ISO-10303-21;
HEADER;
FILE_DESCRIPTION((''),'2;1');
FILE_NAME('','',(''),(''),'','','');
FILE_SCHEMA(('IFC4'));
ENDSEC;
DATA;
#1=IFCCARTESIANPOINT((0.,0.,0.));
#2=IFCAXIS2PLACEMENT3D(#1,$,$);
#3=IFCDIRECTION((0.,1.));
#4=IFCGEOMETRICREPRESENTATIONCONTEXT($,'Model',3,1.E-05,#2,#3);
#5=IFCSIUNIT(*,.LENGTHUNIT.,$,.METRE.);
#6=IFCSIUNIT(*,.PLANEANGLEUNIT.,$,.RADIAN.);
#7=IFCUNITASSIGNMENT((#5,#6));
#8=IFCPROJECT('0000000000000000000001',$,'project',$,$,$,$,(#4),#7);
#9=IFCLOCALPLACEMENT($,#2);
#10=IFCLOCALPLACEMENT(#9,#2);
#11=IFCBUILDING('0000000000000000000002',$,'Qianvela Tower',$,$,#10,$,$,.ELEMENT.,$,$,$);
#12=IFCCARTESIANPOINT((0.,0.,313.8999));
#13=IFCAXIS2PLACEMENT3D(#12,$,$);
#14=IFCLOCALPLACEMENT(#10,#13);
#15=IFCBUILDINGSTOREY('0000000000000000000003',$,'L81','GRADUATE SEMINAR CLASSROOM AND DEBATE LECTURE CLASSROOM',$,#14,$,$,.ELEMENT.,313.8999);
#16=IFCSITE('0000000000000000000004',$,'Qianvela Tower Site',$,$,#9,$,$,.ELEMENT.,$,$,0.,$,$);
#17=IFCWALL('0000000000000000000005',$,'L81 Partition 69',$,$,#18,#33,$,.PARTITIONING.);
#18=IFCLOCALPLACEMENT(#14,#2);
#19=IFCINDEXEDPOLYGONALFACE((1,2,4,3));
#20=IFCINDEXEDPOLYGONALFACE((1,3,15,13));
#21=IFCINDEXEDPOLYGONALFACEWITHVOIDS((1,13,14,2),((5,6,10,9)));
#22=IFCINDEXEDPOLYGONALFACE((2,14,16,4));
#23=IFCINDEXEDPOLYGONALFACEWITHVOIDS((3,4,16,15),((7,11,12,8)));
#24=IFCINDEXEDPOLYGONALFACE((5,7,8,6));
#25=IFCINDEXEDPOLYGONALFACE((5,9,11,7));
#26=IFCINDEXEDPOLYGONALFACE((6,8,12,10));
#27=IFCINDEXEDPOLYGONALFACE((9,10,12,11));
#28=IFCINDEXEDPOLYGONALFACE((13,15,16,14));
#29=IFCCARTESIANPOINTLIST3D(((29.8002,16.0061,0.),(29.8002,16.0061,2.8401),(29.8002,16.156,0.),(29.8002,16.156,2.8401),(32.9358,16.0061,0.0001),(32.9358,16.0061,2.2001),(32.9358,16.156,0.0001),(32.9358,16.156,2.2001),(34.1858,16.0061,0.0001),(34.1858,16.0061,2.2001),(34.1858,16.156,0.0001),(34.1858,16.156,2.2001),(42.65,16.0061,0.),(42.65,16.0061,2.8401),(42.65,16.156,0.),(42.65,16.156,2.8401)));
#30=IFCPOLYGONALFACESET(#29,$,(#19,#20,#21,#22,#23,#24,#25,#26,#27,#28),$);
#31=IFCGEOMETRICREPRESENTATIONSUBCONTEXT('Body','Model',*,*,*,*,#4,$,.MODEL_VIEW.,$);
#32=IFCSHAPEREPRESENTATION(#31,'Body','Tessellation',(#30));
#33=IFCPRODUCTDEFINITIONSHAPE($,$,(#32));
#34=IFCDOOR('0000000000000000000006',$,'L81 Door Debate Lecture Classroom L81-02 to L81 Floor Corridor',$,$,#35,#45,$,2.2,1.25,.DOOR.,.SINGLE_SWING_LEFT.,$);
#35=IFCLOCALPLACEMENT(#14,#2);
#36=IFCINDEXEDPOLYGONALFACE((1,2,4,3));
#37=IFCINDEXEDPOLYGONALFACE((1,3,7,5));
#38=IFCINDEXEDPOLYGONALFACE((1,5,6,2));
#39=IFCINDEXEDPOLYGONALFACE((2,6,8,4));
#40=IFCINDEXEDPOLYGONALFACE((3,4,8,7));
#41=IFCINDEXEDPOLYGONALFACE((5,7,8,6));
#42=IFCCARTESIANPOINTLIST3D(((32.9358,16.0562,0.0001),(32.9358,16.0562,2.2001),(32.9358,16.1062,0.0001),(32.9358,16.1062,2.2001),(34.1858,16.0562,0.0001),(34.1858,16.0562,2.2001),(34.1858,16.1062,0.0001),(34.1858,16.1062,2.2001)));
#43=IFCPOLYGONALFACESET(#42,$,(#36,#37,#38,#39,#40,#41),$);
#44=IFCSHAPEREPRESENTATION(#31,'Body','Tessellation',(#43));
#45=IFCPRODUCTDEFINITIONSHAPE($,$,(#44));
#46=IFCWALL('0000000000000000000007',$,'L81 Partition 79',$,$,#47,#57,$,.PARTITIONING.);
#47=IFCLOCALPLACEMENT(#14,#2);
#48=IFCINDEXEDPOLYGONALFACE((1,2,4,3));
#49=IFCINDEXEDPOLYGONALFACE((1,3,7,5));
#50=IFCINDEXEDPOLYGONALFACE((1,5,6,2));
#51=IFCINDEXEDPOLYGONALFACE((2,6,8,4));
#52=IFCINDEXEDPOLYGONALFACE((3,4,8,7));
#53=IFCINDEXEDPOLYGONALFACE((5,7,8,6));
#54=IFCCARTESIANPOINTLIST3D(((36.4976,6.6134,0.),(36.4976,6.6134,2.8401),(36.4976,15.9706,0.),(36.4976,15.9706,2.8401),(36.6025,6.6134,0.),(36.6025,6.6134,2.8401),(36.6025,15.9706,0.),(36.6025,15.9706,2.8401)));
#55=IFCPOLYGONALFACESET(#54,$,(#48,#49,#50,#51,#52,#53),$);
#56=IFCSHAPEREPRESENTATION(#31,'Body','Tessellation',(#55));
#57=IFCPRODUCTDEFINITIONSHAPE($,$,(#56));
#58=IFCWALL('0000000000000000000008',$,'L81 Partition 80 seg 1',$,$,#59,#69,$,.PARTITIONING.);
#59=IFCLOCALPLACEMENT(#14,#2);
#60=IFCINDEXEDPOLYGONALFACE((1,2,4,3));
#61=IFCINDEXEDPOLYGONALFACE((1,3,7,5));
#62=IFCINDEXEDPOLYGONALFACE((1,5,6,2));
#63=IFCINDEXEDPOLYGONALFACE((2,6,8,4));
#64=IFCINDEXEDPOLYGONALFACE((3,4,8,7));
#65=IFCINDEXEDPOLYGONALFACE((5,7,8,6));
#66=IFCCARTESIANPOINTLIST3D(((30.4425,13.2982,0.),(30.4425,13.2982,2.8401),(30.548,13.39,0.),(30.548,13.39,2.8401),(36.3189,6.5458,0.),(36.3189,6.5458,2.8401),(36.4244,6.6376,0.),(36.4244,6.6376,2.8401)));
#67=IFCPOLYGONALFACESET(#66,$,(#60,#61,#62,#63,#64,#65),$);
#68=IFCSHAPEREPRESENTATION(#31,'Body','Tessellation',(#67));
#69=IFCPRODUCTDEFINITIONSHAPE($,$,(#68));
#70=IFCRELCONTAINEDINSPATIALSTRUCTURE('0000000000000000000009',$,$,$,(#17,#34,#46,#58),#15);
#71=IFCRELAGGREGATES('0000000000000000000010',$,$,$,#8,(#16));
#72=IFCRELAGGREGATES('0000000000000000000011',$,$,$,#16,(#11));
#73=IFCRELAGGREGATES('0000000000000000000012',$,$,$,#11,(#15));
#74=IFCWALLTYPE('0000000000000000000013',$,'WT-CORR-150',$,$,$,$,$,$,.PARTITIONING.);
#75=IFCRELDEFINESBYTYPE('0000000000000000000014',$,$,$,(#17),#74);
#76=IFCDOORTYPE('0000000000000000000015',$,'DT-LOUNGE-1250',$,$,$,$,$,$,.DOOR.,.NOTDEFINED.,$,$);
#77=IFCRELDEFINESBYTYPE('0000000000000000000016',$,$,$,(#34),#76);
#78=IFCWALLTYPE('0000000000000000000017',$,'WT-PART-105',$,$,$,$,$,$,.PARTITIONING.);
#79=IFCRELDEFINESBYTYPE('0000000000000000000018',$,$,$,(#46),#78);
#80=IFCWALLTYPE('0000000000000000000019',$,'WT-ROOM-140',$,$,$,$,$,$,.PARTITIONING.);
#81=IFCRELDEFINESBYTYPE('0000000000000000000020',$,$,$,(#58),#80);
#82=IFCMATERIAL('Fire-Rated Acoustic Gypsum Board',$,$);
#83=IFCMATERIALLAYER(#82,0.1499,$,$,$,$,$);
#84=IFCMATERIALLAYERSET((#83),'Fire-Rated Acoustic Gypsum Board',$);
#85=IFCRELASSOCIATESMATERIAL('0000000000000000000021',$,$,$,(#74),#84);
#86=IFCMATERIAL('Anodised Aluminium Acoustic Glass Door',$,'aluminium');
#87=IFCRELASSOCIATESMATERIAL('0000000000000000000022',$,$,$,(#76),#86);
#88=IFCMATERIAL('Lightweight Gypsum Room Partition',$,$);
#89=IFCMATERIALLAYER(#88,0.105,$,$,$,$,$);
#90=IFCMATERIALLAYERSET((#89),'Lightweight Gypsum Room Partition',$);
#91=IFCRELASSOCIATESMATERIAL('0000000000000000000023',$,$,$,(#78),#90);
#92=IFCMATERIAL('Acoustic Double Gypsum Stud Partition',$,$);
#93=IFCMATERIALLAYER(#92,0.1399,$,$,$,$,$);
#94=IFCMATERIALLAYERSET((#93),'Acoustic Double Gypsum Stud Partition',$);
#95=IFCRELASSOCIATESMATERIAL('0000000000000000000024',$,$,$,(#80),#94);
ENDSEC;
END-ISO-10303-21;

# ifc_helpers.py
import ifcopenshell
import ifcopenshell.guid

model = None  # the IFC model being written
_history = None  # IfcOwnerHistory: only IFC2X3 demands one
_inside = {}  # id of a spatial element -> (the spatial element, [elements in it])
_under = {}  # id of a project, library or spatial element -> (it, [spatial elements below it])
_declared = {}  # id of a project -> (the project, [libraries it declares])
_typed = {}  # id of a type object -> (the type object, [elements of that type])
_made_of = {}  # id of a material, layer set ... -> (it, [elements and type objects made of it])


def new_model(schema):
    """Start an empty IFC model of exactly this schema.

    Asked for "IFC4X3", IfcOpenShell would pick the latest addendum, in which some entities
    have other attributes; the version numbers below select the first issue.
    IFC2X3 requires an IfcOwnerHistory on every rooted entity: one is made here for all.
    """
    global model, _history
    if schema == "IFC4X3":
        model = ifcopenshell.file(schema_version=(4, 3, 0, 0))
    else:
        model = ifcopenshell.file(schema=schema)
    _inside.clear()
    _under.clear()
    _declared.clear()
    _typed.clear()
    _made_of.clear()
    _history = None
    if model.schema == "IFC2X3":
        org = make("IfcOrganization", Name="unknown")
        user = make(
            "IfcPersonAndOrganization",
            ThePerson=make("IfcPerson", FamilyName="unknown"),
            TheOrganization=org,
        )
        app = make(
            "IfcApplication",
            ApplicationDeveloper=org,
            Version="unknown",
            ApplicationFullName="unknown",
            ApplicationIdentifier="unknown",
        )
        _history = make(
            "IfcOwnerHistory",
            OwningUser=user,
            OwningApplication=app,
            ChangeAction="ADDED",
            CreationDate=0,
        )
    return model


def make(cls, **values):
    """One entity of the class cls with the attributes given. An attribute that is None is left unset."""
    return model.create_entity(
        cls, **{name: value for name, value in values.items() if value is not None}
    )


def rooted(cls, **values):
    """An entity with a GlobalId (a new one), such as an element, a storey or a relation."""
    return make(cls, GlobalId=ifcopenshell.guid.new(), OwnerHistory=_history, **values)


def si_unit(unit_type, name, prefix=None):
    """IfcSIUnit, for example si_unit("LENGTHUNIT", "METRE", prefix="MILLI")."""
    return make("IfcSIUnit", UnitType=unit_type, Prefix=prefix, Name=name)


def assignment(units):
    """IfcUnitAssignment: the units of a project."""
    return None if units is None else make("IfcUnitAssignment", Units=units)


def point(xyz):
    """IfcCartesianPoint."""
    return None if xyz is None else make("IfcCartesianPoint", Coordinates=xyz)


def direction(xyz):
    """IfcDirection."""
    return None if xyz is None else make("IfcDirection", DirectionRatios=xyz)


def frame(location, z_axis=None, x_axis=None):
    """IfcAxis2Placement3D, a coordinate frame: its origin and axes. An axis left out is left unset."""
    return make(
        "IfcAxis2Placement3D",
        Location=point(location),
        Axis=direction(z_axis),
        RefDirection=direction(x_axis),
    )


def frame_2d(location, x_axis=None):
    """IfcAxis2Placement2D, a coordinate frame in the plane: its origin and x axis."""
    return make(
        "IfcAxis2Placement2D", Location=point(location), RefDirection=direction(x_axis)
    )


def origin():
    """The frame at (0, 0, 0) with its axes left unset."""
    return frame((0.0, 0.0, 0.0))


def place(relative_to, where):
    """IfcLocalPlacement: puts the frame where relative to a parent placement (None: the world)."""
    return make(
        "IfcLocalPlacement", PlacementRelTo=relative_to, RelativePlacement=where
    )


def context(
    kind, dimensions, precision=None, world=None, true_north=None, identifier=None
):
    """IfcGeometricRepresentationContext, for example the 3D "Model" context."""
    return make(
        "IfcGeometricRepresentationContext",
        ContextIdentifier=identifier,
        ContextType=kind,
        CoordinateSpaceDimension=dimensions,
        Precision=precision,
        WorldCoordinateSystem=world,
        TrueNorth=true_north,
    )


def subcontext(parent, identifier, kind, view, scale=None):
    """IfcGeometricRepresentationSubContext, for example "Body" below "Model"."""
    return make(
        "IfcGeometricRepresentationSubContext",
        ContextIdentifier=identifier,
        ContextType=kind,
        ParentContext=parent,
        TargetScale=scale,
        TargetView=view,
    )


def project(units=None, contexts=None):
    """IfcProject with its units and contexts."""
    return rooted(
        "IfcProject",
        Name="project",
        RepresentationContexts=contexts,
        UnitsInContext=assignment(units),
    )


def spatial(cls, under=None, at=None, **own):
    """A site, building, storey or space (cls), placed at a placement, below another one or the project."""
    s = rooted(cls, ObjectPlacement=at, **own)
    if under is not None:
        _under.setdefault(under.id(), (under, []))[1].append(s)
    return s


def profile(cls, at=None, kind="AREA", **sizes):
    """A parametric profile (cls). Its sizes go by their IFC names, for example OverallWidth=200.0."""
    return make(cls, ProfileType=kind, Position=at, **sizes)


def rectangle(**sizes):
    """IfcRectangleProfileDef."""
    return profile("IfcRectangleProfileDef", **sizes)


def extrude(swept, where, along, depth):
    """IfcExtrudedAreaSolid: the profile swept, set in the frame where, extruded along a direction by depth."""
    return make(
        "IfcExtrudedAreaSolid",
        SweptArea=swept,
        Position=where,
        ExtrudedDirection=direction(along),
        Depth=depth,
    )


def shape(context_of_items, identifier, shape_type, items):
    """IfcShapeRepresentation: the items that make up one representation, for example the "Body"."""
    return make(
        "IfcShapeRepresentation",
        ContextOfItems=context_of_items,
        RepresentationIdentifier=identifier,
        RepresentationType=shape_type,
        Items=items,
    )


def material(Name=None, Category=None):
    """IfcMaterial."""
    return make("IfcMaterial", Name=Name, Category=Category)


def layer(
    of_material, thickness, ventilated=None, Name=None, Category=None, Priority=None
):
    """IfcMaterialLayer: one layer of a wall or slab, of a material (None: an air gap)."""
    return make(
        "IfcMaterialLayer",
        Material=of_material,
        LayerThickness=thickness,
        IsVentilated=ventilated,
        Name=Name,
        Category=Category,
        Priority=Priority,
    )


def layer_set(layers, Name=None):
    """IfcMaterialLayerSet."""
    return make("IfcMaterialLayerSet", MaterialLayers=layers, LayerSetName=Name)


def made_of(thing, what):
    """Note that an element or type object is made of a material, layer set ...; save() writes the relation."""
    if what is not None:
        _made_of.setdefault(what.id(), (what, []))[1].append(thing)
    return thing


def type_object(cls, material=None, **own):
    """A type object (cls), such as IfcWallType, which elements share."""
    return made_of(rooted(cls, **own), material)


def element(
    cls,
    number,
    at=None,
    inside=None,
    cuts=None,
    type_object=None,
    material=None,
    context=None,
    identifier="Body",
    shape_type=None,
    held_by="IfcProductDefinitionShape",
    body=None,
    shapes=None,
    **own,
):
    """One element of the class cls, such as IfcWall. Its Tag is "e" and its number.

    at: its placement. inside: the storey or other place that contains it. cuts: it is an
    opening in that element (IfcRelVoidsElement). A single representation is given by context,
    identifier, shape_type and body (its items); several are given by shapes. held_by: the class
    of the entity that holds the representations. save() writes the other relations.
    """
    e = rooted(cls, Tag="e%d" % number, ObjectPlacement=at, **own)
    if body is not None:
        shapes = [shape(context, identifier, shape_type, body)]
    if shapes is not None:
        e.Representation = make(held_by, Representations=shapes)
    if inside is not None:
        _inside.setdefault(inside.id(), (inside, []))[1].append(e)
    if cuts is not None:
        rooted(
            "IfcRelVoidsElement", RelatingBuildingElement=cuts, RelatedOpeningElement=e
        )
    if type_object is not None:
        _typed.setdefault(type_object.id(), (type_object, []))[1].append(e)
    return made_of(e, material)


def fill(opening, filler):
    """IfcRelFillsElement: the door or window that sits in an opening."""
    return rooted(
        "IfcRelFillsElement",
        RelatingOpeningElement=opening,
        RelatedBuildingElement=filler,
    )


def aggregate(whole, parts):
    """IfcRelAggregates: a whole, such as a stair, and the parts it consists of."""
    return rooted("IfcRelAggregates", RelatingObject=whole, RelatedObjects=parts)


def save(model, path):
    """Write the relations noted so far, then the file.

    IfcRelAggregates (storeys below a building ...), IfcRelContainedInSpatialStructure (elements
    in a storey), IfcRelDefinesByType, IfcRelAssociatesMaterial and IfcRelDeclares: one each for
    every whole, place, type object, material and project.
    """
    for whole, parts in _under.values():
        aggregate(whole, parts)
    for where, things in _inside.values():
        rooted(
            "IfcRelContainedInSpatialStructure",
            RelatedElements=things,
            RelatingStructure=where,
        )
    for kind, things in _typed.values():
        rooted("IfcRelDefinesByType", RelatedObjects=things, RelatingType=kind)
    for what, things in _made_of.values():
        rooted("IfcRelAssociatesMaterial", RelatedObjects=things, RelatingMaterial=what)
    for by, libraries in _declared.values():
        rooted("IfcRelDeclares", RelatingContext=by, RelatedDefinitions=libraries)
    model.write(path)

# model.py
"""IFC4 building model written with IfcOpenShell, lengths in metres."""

from ifc_helpers import new_model, si_unit, direction, frame, frame_2d, origin, place, context, subcontext, project, spatial, rectangle, extrude, material, layer, layer_set, type_object, element, fill, save


model = new_model("IFC4")

# Units and contexts
model_context = context("Model", 3, precision=1e-05, world=origin(), true_north=direction((0.0, 1.0)))
body_context = subcontext(model_context, "Body", "Model", "MODEL_VIEW")
ifc_project = project(units=[si_unit("LENGTHUNIT", "METRE"), si_unit("PLANEANGLEUNIT", "RADIAN")], contexts=[model_context])

# Site, building, storey
site_placement = place(None, origin())
site = spatial("IfcSite", under=ifc_project, at=site_placement, Name="Qianvela Tower Site", CompositionType="ELEMENT", RefElevation=0.0)
building_placement = place(site_placement, origin())
building = spatial("IfcBuilding", under=site, at=building_placement, Name="Qianvela Tower", CompositionType="ELEMENT")
storey_placement = place(building_placement, frame((0.0, 0.0, 313.8999)))
storey = spatial("IfcBuildingStorey", under=building, at=storey_placement, Name="L81", Description="GRADUATE SEMINAR CLASSROOM AND DEBATE LECTURE CLASSROOM", CompositionType="ELEMENT", Elevation=313.8999)

# Shared definitions
ifc_material_1 = material(Name="Fire-Rated Acoustic Gypsum Board")
ifc_layer_1 = layer(ifc_material_1, 0.1499)
ifc_layer_set_1 = layer_set([ifc_layer_1], Name="Fire-Rated Acoustic Gypsum Board")
wall_type_1 = type_object("IfcWallType", Name="WT-CORR-150", PredefinedType="PARTITIONING", material=ifc_layer_set_1)

# Shared definitions
ifc_material_2 = material(Name="Anodised Aluminium Acoustic Glass Door", Category="aluminium")
door_type_1 = type_object("IfcDoorType", Name="DT-LOUNGE-1250", OperationType="NOTDEFINED", PredefinedType="DOOR", material=ifc_material_2)

# Wall, opening, door
wall_1_placement = place(storey_placement, frame((42.6499, 16.0811, 0.0), z_axis=(0.0, 0.0, 1.0), x_axis=(-1.0, 0.0, 0.0)))
wall_1 = element("IfcWall", 1, at=wall_1_placement, inside=storey, type_object=wall_type_1, Name="L81 Partition 69", PredefinedType="PARTITIONING", context=body_context, shape_type="SweptSolid", body=[
    extrude(rectangle(XDim=12.8499, YDim=0.1499, at=frame_2d((6.4248, 0.0))), origin(), (0.0, 0.0, 1.0), 2.8401),
])
opening_1_placement = place(wall_1_placement, frame((8.4641, 0.0, 0.0)))
opening_1 = element("IfcOpeningElement", 2, at=opening_1_placement, cuts=wall_1, PredefinedType="OPENING", context=body_context, shape_type="SweptSolid", body=[
    extrude(rectangle(XDim=1.25, YDim=2.2, at=frame_2d((0.625, 1.1001))), frame((0.0, 0.085, 0.0), z_axis=(0.0, -1.0, 0.0), x_axis=(1.0, 0.0, 0.0)), (0.0, 0.0, 1.0), 0.1699),
])
door_1_placement = place(opening_1_placement, origin())
door_1 = element("IfcDoor", 3, at=door_1_placement, inside=storey, type_object=door_type_1, Name="L81 Door Debate Lecture Classroom L81-02 to L81 Floor Corridor", OperationType="SINGLE_SWING_LEFT", OverallHeight=2.2, OverallWidth=1.25, PredefinedType="DOOR", context=body_context, shape_type="SweptSolid", body=[
    extrude(rectangle(XDim=1.25, YDim=2.2, at=frame_2d((0.625, 1.1001))), frame((0.0, 0.0249, 0.0), z_axis=(0.0, -1.0, 0.0), x_axis=(1.0, 0.0, 0.0)), (0.0, 0.0, 1.0), 0.05),
])
fill(opening_1, door_1)

# Walls
ifc_material_3 = material(Name="Lightweight Gypsum Room Partition")
ifc_layer_2 = layer(ifc_material_3, 0.105)
ifc_layer_set_2 = layer_set([ifc_layer_2], Name="Lightweight Gypsum Room Partition")
wall_type_2 = type_object("IfcWallType", Name="WT-PART-105", PredefinedType="PARTITIONING", material=ifc_layer_set_2)
wall_2_placement = place(storey_placement, frame((36.55, 15.9707, 0.0), z_axis=(0.0, 0.0, 1.0), x_axis=(0.0, -1.0, 0.0)))
element("IfcWall", 4, at=wall_2_placement, inside=storey, type_object=wall_type_2, Name="L81 Partition 79", PredefinedType="PARTITIONING", context=body_context, shape_type="SweptSolid", body=[
    extrude(rectangle(XDim=9.3572, YDim=0.105, at=frame_2d((4.6787, 0.0))), origin(), (0.0, 0.0, 1.0), 2.8401),
])
ifc_material_4 = material(Name="Acoustic Double Gypsum Stud Partition")
ifc_layer_3 = layer(ifc_material_4, 0.1399)
ifc_layer_set_3 = layer_set([ifc_layer_3], Name="Acoustic Double Gypsum Stud Partition")
wall_type_3 = type_object("IfcWallType", Name="WT-ROOM-140", PredefinedType="PARTITIONING", material=ifc_layer_set_3)
wall_3_placement = place(storey_placement, frame((36.3716, 6.5918, 0.0), z_axis=(0.0, 0.0, 1.0), x_axis=(-0.656483, 0.754341, 0.0)))
element("IfcWall", 5, at=wall_3_placement, inside=storey, type_object=wall_type_3, Name="L81 Partition 80 seg 1", PredefinedType="PARTITIONING", context=body_context, shape_type="SweptSolid", body=[
    extrude(rectangle(XDim=8.9514, YDim=0.1399, at=frame_2d((4.4756, 0.0))), origin(), (0.0, 0.0, 1.0), 2.8401),
])

save(model, "model.ifc")
